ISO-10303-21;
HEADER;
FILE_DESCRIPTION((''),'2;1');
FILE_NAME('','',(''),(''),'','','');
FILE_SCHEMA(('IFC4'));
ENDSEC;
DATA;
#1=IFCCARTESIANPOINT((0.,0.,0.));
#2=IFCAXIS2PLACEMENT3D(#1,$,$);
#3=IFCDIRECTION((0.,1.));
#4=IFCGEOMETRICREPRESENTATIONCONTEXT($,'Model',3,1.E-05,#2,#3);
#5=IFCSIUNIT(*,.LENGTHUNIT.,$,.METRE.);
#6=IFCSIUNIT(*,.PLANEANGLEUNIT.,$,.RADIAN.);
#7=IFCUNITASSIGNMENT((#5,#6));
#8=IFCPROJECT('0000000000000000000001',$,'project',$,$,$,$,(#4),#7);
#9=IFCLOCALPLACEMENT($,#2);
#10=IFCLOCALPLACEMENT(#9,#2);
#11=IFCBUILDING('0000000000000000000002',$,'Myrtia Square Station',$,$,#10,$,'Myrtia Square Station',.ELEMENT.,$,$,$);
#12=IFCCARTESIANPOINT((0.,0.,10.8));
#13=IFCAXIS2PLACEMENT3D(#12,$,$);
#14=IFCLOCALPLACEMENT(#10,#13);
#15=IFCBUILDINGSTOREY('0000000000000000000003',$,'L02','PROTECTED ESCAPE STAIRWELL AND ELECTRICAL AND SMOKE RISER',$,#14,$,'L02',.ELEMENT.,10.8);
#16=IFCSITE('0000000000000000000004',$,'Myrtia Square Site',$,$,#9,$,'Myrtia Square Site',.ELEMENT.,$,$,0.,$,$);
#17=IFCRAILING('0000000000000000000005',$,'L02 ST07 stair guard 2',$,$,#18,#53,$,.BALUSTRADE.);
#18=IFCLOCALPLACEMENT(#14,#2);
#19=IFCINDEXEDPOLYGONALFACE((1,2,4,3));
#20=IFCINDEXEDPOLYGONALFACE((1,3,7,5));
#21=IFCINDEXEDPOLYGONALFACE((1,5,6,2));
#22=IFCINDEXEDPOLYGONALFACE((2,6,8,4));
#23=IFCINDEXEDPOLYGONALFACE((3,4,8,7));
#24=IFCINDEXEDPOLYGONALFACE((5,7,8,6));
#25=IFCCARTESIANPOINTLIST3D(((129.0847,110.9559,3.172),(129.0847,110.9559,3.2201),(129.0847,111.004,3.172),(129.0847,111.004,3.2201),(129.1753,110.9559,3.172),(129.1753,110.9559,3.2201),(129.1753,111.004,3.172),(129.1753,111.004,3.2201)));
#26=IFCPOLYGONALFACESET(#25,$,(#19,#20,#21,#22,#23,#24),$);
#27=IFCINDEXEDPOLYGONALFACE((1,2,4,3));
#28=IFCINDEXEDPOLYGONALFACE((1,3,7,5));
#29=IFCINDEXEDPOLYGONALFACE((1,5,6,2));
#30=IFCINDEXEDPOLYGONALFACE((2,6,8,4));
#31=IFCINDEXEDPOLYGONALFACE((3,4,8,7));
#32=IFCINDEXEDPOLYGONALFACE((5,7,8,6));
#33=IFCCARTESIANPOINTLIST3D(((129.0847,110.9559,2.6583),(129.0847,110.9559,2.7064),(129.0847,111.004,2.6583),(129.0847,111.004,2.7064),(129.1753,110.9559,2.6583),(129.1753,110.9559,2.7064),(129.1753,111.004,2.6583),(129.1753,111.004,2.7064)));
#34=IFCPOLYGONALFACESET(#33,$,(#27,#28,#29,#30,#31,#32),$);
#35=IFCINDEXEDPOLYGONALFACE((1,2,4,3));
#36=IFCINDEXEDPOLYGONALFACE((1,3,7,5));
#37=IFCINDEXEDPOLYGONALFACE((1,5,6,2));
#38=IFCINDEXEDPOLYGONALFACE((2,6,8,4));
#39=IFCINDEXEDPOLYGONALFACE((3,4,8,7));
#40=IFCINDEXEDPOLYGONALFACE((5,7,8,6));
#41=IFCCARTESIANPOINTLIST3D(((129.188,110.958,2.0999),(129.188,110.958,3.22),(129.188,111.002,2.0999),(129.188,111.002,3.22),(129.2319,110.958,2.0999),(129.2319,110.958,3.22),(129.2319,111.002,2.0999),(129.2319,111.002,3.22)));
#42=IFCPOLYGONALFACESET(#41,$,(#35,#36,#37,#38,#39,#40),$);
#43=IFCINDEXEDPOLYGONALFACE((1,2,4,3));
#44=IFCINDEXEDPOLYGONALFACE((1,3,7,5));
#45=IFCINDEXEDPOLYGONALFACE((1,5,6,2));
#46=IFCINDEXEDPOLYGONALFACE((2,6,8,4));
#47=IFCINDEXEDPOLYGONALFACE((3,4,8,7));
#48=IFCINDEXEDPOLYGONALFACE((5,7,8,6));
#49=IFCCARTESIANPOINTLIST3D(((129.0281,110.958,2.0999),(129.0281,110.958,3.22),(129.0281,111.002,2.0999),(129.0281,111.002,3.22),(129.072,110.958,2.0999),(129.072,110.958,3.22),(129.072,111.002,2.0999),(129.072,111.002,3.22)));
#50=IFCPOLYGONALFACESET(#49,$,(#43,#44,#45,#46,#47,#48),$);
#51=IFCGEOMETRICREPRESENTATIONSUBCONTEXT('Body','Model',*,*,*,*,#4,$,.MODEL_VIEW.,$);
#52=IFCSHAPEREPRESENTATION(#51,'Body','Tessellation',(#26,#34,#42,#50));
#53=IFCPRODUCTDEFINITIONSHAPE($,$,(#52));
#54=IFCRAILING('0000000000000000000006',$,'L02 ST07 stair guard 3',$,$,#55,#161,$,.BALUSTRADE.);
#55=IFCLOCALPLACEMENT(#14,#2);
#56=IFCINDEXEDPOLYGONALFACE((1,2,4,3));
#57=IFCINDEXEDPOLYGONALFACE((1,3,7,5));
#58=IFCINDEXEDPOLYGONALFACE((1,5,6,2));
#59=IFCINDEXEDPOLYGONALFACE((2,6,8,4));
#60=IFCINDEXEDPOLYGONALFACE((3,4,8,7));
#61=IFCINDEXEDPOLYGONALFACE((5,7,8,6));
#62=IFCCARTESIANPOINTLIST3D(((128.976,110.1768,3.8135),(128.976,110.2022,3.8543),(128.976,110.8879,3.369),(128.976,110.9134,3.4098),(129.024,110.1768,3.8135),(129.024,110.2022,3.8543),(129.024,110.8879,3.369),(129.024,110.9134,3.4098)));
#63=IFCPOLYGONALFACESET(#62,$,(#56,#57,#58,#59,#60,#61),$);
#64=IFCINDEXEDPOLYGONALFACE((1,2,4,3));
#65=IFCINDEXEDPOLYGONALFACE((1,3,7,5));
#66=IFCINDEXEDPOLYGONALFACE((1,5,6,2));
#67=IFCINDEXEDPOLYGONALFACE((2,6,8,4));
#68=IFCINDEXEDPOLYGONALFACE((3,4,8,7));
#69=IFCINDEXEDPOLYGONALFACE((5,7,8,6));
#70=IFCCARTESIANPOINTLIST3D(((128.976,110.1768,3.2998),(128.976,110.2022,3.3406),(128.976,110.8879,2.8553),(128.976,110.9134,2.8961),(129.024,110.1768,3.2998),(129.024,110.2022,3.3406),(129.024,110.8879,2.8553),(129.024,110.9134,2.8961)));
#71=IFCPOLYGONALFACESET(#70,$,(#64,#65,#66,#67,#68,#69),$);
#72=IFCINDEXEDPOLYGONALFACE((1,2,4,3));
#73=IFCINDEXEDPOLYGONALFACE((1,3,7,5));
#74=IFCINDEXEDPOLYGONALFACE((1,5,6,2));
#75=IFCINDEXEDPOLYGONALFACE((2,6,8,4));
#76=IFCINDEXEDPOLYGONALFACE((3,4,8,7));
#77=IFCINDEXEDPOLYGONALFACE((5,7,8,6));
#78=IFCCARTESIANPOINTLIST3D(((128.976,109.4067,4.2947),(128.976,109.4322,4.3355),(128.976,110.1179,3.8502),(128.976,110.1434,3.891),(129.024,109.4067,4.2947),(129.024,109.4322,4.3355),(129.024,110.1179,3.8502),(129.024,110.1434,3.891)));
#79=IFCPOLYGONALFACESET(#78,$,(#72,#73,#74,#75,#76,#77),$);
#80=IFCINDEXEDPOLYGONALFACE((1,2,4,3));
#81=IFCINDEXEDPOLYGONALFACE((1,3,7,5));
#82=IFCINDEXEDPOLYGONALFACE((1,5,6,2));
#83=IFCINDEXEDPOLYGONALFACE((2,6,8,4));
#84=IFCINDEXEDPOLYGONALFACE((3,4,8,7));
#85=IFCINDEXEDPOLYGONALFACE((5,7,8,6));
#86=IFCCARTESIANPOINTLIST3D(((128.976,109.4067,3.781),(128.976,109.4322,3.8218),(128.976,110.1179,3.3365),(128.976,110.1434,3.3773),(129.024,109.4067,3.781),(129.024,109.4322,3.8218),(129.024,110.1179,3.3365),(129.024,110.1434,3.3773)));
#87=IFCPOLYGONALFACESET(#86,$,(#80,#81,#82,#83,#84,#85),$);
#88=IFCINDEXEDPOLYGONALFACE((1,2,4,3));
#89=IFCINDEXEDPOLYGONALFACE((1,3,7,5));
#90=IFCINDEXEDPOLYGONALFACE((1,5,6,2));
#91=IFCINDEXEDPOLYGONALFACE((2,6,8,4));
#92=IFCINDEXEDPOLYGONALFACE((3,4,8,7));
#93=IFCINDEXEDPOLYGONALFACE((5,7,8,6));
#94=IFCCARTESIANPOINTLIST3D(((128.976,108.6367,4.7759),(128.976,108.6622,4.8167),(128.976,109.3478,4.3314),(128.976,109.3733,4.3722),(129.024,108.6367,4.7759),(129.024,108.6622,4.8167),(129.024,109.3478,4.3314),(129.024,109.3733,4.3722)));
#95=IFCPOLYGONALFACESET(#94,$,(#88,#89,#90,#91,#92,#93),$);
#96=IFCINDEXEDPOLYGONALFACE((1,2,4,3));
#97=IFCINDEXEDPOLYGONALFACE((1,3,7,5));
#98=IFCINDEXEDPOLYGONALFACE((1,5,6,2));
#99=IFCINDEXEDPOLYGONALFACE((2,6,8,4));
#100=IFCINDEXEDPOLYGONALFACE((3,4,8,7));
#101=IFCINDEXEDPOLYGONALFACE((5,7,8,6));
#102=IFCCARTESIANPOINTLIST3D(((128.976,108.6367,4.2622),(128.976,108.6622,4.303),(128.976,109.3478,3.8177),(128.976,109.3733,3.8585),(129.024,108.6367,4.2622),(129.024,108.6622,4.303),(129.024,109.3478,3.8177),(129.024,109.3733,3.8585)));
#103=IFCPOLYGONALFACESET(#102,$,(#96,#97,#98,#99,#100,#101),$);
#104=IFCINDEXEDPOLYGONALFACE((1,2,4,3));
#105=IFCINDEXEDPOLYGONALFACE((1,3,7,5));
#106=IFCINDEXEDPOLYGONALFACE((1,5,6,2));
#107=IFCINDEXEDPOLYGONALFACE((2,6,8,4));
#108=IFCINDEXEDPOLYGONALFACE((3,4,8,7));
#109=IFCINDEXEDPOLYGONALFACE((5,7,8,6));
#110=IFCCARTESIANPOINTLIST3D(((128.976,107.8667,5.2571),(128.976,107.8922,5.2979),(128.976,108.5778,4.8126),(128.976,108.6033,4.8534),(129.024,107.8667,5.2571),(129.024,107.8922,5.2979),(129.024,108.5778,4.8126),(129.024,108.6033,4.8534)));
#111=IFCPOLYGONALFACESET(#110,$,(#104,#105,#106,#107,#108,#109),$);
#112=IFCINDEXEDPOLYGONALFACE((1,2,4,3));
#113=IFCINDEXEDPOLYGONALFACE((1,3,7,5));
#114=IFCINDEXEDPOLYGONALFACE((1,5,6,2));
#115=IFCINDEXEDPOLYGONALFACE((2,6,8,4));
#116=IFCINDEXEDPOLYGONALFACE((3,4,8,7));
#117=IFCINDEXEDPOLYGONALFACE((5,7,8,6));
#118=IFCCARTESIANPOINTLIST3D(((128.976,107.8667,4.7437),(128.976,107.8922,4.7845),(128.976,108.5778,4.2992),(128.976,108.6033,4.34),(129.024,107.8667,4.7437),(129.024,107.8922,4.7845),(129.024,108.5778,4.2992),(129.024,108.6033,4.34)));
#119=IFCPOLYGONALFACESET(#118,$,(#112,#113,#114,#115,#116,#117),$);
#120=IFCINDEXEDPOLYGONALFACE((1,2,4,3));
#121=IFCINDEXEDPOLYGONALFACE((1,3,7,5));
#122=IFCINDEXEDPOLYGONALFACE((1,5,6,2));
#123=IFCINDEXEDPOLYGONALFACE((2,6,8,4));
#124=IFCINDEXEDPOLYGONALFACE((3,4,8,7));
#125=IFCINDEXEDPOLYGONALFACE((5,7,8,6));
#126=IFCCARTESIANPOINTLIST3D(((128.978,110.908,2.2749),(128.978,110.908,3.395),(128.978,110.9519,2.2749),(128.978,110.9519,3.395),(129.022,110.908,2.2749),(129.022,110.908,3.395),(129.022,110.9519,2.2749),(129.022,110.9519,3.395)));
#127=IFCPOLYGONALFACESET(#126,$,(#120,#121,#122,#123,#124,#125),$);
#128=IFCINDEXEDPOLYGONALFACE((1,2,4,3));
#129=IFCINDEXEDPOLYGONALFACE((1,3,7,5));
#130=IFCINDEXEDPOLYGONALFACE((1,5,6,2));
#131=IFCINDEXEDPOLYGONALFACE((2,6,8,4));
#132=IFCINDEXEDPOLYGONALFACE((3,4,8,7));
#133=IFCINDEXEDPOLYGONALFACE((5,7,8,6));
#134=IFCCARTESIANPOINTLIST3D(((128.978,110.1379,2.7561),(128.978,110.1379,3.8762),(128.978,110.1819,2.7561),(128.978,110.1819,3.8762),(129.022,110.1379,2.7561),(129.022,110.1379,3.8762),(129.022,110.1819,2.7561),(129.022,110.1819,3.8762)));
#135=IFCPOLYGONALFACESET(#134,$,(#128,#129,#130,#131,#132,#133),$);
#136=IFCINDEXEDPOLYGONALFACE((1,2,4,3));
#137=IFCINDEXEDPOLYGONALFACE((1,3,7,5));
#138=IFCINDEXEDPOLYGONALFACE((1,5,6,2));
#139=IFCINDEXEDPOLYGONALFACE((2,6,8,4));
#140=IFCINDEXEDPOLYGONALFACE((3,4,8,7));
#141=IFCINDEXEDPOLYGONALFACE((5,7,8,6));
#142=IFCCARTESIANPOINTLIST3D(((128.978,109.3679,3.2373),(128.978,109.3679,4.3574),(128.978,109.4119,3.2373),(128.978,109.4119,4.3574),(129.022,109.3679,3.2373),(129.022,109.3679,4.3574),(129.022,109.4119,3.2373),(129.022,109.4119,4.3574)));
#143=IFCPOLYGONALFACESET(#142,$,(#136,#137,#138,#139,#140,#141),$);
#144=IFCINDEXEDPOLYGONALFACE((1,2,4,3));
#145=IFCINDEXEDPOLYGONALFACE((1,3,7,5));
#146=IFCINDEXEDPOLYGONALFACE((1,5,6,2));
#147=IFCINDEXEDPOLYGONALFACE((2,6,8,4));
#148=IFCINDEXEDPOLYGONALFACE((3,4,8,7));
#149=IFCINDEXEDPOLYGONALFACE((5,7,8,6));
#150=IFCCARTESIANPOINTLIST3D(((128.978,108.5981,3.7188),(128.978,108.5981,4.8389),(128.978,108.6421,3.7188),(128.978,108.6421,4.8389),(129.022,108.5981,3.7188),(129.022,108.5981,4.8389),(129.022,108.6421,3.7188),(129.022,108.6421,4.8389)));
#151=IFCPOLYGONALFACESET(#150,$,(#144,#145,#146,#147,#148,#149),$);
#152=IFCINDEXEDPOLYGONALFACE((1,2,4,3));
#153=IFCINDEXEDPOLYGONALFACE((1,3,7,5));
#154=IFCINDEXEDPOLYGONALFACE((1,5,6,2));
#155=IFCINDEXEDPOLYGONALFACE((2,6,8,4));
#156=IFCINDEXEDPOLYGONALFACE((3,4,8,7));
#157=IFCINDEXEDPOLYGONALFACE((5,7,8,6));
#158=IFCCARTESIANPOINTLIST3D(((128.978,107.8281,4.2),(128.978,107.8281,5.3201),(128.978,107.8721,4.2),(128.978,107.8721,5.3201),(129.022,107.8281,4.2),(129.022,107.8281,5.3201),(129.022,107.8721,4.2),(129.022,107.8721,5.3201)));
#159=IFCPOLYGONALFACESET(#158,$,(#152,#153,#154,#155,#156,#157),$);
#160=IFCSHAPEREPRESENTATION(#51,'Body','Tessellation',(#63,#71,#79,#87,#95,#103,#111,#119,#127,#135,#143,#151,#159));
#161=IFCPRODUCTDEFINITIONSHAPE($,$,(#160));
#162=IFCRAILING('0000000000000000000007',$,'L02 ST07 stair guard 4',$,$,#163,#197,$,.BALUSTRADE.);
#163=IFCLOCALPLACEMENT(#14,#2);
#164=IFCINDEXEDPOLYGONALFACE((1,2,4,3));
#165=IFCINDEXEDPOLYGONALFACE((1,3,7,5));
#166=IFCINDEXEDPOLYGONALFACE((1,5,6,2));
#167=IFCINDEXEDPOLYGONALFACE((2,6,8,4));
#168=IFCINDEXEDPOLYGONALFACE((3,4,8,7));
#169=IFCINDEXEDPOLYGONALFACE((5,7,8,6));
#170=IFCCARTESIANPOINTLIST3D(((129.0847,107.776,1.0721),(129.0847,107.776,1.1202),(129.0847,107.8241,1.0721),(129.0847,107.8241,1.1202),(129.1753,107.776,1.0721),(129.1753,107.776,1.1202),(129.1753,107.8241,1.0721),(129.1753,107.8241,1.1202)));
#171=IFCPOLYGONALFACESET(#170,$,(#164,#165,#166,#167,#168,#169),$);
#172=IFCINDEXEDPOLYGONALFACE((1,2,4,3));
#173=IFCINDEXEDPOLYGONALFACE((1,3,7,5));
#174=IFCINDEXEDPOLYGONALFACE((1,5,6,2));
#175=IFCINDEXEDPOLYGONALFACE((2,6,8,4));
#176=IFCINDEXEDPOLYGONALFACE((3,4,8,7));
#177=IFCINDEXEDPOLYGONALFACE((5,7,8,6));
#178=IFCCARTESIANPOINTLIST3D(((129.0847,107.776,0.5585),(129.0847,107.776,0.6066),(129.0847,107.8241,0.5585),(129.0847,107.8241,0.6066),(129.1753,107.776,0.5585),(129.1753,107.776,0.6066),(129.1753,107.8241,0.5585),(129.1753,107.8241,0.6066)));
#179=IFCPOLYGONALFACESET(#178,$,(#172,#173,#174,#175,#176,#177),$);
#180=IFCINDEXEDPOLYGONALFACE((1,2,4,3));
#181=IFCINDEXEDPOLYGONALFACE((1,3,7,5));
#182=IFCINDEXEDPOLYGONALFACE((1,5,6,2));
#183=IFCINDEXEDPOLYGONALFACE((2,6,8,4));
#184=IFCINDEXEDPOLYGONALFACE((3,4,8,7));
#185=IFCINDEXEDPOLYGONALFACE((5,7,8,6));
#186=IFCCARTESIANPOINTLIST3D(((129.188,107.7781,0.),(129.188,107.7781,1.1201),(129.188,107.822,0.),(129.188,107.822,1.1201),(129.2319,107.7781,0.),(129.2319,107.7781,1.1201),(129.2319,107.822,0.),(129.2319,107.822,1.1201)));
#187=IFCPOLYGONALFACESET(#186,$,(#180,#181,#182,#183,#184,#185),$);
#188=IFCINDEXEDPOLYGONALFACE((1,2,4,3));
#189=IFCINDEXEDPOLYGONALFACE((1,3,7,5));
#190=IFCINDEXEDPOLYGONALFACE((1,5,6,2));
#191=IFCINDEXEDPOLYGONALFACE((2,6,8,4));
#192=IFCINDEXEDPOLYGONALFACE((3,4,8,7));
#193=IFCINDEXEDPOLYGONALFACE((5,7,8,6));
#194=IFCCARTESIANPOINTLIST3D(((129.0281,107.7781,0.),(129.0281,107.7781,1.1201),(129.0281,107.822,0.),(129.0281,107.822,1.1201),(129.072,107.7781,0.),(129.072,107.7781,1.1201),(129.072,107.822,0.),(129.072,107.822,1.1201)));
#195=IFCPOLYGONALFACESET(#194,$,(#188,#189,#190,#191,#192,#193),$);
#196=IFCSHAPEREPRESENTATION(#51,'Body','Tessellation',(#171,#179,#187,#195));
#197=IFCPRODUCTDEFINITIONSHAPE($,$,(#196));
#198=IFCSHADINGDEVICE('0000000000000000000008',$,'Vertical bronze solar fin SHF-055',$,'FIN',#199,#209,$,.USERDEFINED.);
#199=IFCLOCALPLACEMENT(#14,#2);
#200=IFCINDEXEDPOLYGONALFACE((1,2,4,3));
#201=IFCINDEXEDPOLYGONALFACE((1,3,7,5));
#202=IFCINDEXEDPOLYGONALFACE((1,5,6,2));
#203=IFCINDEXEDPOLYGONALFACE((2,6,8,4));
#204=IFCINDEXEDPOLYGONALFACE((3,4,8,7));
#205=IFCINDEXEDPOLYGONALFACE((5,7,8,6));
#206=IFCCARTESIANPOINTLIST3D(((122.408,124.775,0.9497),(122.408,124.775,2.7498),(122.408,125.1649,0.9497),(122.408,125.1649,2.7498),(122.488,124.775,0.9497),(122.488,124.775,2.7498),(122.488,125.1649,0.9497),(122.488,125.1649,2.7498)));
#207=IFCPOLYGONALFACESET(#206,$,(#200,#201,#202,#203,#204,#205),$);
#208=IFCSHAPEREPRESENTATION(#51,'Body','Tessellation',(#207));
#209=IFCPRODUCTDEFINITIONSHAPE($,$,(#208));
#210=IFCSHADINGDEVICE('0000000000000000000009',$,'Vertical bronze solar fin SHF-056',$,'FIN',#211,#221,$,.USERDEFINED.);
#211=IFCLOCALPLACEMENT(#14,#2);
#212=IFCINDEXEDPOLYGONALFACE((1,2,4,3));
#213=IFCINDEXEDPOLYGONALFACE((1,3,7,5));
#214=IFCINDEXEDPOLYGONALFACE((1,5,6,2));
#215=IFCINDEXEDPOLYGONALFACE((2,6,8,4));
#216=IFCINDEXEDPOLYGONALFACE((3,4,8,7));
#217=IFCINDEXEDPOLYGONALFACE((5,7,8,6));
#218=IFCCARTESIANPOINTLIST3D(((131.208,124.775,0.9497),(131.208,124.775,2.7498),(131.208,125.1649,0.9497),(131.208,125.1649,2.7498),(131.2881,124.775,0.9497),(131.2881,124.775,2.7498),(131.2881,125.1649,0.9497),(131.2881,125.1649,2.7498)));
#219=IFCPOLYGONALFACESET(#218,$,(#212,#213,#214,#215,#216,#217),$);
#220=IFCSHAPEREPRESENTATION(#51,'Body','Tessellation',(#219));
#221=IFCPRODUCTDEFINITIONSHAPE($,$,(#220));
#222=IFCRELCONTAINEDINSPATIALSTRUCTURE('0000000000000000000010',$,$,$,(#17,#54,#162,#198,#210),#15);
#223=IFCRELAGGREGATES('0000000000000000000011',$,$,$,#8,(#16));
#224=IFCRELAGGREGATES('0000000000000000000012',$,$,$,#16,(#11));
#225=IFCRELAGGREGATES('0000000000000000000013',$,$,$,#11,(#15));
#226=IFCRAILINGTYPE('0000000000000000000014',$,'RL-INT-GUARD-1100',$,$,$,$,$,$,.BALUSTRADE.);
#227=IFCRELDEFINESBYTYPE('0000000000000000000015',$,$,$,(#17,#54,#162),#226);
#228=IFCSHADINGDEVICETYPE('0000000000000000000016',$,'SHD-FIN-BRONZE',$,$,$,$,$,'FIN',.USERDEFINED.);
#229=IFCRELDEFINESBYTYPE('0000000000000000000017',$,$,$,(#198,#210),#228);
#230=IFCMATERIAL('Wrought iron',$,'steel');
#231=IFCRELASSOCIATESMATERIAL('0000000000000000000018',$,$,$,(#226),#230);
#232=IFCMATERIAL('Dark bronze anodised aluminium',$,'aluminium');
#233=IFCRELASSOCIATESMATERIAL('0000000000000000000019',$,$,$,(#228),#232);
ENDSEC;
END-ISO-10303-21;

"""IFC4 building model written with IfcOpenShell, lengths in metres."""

from ifc_helpers import new_model, si_unit, direction, frame, origin, origin_2d, place, context, subcontext, project, spatial, rectangle, extrude, material, type_object, element, save


model = new_model("IFC4")

# Units and contexts
model_context = context("Model", 3, precision=1e-05, world=origin(), true_north=direction((0.0, 1.0)))
body_context = subcontext(model_context, "Body", "Model", "MODEL_VIEW")
ifc_project = project(units=[si_unit("LENGTHUNIT", "METRE"), si_unit("PLANEANGLEUNIT", "RADIAN")], contexts=[model_context])

# Site, building, storey
site_placement = place(None, origin())
site = spatial("IfcSite", under=ifc_project, at=site_placement, Name="Myrtia Square Site", LongName="Myrtia Square Site", CompositionType="ELEMENT", RefElevation=0.0)
building_placement = place(site_placement, origin())
building = spatial("IfcBuilding", under=site, at=building_placement, Name="Myrtia Square Station", LongName="Myrtia Square Station", CompositionType="ELEMENT")
storey_placement = place(building_placement, frame((0.0, 0.0, 10.8)))
storey = spatial("IfcBuildingStorey", under=building, at=storey_placement, Name="L02", Description="PROTECTED ESCAPE STAIRWELL AND ELECTRICAL AND SMOKE RISER", LongName="L02", CompositionType="ELEMENT", Elevation=10.8)

# Railings
ifc_material_1 = material(Name="Dark bronze anodised aluminium", Category="aluminium")
ifc_material_2 = material(Name="Wrought iron", Category="steel")
railing_type_1 = type_object("IfcRailingType", Name="RL-INT-GUARD-1100", PredefinedType="BALUSTRADE", material=ifc_material_2)
railing_1_placement = place(storey_placement, frame((129.21, 110.98, 2.0999)))
element("IfcRailing", 1, at=railing_1_placement, inside=storey, type_object=railing_type_1, Name="L02 ST07 stair guard 2", PredefinedType="BALUSTRADE", context=body_context, shape_type="SweptSolid", body=[
    extrude(rectangle(XDim=0.0481, YDim=0.0481, at=origin_2d()), frame((-0.0347, 0.0, 1.0962), z_axis=(-1.0, 0.0, 0.0), x_axis=(0.0, -1.0, 0.0)), (0.0, 0.0, 1.0), 0.0906),
    extrude(rectangle(XDim=0.0481, YDim=0.0481, at=origin_2d()), frame((-0.0347, 0.0, 0.5825), z_axis=(-1.0, 0.0, 0.0), x_axis=(0.0, -1.0, 0.0)), (0.0, 0.0, 1.0), 0.0906),
    extrude(rectangle(XDim=0.0439, YDim=0.0439, at=origin_2d()), origin(), (0.0, 0.0, 1.0), 1.1201),
    extrude(rectangle(XDim=0.0439, YDim=0.0439, at=origin_2d()), frame((-0.1599, 0.0, 0.0)), (0.0, 0.0, 1.0), 1.1201),
])
railing_2_placement = place(storey_placement, frame((129.0, 110.9299, 2.2749)))
element("IfcRailing", 2, at=railing_2_placement, inside=storey, type_object=railing_type_1, Name="L02 ST07 stair guard 3", PredefinedType="BALUSTRADE", context=body_context, shape_type="SweptSolid", body=[
    extrude(rectangle(XDim=0.0481, YDim=0.0481, at=origin_2d()), frame((0.0, -0.0293, 1.1145), z_axis=(0.0, -0.847979, 0.530029), x_axis=(1.0, 0.0, 0.0)), (0.0, 0.0, 1.0), 0.8386),
    extrude(rectangle(XDim=0.0481, YDim=0.0481, at=origin_2d()), frame((0.0, -0.0293, 0.6008), z_axis=(0.0, -0.847979, 0.530029), x_axis=(1.0, 0.0, 0.0)), (0.0, 0.0, 1.0), 0.8386),
    extrude(rectangle(XDim=0.0481, YDim=0.0481, at=origin_2d()), frame((0.0, -0.7993, 1.5957), z_axis=(0.0, -0.847979, 0.530029), x_axis=(1.0, 0.0, 0.0)), (0.0, 0.0, 1.0), 0.8386),
    extrude(rectangle(XDim=0.0481, YDim=0.0481, at=origin_2d()), frame((0.0, -0.7993, 1.082), z_axis=(0.0, -0.847979, 0.530029), x_axis=(1.0, 0.0, 0.0)), (0.0, 0.0, 1.0), 0.8386),
    extrude(rectangle(XDim=0.0481, YDim=0.0481, at=origin_2d()), frame((0.0, -1.5693, 2.0769), z_axis=(0.0, -0.847979, 0.530029), x_axis=(1.0, 0.0, 0.0)), (0.0, 0.0, 1.0), 0.8386),
    extrude(rectangle(XDim=0.0481, YDim=0.0481, at=origin_2d()), frame((0.0, -1.5693, 1.5632), z_axis=(0.0, -0.847979, 0.530029), x_axis=(1.0, 0.0, 0.0)), (0.0, 0.0, 1.0), 0.8386),
    extrude(rectangle(XDim=0.0481, YDim=0.0481, at=origin_2d()), frame((0.0, -2.3394, 2.5581), z_axis=(0.0, -0.847979, 0.530029), x_axis=(1.0, 0.0, 0.0)), (0.0, 0.0, 1.0), 0.8386),
    extrude(rectangle(XDim=0.0481, YDim=0.0481, at=origin_2d()), frame((0.0, -2.3394, 2.0447), z_axis=(0.0, -0.847979, 0.530029), x_axis=(1.0, 0.0, 0.0)), (0.0, 0.0, 1.0), 0.8386),
    extrude(rectangle(XDim=0.0439, YDim=0.0439, at=origin_2d()), origin(), (0.0, 0.0, 1.0), 1.1201),
    extrude(rectangle(XDim=0.0439, YDim=0.0439, at=origin_2d()), frame((0.0, -0.77, 0.4812)), (0.0, 0.0, 1.0), 1.1201),
    extrude(rectangle(XDim=0.0439, YDim=0.0439, at=origin_2d()), frame((0.0, -1.54, 0.9624)), (0.0, 0.0, 1.0), 1.1201),
    extrude(rectangle(XDim=0.0439, YDim=0.0439, at=origin_2d()), frame((0.0, -2.3098, 1.4438)), (0.0, 0.0, 1.0), 1.1201),
    extrude(rectangle(XDim=0.0439, YDim=0.0439, at=origin_2d()), frame((0.0, -3.0798, 1.925)), (0.0, 0.0, 1.0), 1.1201),
])
railing_3_placement = place(storey_placement, frame((129.21, 107.8, 0.0)))
element("IfcRailing", 3, at=railing_3_placement, inside=storey, type_object=railing_type_1, Name="L02 ST07 stair guard 4", PredefinedType="BALUSTRADE", context=body_context, shape_type="SweptSolid", body=[
    extrude(rectangle(XDim=0.0481, YDim=0.0481, at=origin_2d()), frame((-0.0347, 0.0, 1.0962), z_axis=(-1.0, 0.0, 0.0), x_axis=(0.0, -1.0, 0.0)), (0.0, 0.0, 1.0), 0.0906),
    extrude(rectangle(XDim=0.0481, YDim=0.0481, at=origin_2d()), frame((-0.0347, 0.0, 0.5825), z_axis=(-1.0, 0.0, 0.0), x_axis=(0.0, -1.0, 0.0)), (0.0, 0.0, 1.0), 0.0906),
    extrude(rectangle(XDim=0.0439, YDim=0.0439, at=origin_2d()), origin(), (0.0, 0.0, 1.0), 1.1201),
    extrude(rectangle(XDim=0.0439, YDim=0.0439, at=origin_2d()), frame((-0.1599, 0.0, 0.0)), (0.0, 0.0, 1.0), 1.1201),
])

# Shading devices
shading_device_type_1 = type_object("IfcShadingDeviceType", Name="SHD-FIN-BRONZE", ElementType="FIN", PredefinedType="USERDEFINED", material=ifc_material_1)
for number, where, z_axis, x_axis, name in (
    (4, (122.448, 124.97, 0.9497), (0.0, 0.0, 1.0), (1.0, 0.0, 0.0), "Vertical bronze solar fin SHF-055"),
    (5, (131.248, 124.97, 0.9497), (0.0, 0.0, 1.0), (1.0, 0.0, 0.0), "Vertical bronze solar fin SHF-056"),
):
    element("IfcShadingDevice", number, at=place(storey_placement, frame(where, z_axis=z_axis, x_axis=x_axis)), inside=storey, type_object=shading_device_type_1, Name=name, ObjectType="FIN", PredefinedType="USERDEFINED", context=body_context, shape_type="SweptSolid", body=[
        extrude(rectangle(XDim=0.0801, YDim=0.3899, at=origin_2d()), origin(), (0.0, 0.0, 1.0), 1.8),
    ])

save(model, "model.ifc")
